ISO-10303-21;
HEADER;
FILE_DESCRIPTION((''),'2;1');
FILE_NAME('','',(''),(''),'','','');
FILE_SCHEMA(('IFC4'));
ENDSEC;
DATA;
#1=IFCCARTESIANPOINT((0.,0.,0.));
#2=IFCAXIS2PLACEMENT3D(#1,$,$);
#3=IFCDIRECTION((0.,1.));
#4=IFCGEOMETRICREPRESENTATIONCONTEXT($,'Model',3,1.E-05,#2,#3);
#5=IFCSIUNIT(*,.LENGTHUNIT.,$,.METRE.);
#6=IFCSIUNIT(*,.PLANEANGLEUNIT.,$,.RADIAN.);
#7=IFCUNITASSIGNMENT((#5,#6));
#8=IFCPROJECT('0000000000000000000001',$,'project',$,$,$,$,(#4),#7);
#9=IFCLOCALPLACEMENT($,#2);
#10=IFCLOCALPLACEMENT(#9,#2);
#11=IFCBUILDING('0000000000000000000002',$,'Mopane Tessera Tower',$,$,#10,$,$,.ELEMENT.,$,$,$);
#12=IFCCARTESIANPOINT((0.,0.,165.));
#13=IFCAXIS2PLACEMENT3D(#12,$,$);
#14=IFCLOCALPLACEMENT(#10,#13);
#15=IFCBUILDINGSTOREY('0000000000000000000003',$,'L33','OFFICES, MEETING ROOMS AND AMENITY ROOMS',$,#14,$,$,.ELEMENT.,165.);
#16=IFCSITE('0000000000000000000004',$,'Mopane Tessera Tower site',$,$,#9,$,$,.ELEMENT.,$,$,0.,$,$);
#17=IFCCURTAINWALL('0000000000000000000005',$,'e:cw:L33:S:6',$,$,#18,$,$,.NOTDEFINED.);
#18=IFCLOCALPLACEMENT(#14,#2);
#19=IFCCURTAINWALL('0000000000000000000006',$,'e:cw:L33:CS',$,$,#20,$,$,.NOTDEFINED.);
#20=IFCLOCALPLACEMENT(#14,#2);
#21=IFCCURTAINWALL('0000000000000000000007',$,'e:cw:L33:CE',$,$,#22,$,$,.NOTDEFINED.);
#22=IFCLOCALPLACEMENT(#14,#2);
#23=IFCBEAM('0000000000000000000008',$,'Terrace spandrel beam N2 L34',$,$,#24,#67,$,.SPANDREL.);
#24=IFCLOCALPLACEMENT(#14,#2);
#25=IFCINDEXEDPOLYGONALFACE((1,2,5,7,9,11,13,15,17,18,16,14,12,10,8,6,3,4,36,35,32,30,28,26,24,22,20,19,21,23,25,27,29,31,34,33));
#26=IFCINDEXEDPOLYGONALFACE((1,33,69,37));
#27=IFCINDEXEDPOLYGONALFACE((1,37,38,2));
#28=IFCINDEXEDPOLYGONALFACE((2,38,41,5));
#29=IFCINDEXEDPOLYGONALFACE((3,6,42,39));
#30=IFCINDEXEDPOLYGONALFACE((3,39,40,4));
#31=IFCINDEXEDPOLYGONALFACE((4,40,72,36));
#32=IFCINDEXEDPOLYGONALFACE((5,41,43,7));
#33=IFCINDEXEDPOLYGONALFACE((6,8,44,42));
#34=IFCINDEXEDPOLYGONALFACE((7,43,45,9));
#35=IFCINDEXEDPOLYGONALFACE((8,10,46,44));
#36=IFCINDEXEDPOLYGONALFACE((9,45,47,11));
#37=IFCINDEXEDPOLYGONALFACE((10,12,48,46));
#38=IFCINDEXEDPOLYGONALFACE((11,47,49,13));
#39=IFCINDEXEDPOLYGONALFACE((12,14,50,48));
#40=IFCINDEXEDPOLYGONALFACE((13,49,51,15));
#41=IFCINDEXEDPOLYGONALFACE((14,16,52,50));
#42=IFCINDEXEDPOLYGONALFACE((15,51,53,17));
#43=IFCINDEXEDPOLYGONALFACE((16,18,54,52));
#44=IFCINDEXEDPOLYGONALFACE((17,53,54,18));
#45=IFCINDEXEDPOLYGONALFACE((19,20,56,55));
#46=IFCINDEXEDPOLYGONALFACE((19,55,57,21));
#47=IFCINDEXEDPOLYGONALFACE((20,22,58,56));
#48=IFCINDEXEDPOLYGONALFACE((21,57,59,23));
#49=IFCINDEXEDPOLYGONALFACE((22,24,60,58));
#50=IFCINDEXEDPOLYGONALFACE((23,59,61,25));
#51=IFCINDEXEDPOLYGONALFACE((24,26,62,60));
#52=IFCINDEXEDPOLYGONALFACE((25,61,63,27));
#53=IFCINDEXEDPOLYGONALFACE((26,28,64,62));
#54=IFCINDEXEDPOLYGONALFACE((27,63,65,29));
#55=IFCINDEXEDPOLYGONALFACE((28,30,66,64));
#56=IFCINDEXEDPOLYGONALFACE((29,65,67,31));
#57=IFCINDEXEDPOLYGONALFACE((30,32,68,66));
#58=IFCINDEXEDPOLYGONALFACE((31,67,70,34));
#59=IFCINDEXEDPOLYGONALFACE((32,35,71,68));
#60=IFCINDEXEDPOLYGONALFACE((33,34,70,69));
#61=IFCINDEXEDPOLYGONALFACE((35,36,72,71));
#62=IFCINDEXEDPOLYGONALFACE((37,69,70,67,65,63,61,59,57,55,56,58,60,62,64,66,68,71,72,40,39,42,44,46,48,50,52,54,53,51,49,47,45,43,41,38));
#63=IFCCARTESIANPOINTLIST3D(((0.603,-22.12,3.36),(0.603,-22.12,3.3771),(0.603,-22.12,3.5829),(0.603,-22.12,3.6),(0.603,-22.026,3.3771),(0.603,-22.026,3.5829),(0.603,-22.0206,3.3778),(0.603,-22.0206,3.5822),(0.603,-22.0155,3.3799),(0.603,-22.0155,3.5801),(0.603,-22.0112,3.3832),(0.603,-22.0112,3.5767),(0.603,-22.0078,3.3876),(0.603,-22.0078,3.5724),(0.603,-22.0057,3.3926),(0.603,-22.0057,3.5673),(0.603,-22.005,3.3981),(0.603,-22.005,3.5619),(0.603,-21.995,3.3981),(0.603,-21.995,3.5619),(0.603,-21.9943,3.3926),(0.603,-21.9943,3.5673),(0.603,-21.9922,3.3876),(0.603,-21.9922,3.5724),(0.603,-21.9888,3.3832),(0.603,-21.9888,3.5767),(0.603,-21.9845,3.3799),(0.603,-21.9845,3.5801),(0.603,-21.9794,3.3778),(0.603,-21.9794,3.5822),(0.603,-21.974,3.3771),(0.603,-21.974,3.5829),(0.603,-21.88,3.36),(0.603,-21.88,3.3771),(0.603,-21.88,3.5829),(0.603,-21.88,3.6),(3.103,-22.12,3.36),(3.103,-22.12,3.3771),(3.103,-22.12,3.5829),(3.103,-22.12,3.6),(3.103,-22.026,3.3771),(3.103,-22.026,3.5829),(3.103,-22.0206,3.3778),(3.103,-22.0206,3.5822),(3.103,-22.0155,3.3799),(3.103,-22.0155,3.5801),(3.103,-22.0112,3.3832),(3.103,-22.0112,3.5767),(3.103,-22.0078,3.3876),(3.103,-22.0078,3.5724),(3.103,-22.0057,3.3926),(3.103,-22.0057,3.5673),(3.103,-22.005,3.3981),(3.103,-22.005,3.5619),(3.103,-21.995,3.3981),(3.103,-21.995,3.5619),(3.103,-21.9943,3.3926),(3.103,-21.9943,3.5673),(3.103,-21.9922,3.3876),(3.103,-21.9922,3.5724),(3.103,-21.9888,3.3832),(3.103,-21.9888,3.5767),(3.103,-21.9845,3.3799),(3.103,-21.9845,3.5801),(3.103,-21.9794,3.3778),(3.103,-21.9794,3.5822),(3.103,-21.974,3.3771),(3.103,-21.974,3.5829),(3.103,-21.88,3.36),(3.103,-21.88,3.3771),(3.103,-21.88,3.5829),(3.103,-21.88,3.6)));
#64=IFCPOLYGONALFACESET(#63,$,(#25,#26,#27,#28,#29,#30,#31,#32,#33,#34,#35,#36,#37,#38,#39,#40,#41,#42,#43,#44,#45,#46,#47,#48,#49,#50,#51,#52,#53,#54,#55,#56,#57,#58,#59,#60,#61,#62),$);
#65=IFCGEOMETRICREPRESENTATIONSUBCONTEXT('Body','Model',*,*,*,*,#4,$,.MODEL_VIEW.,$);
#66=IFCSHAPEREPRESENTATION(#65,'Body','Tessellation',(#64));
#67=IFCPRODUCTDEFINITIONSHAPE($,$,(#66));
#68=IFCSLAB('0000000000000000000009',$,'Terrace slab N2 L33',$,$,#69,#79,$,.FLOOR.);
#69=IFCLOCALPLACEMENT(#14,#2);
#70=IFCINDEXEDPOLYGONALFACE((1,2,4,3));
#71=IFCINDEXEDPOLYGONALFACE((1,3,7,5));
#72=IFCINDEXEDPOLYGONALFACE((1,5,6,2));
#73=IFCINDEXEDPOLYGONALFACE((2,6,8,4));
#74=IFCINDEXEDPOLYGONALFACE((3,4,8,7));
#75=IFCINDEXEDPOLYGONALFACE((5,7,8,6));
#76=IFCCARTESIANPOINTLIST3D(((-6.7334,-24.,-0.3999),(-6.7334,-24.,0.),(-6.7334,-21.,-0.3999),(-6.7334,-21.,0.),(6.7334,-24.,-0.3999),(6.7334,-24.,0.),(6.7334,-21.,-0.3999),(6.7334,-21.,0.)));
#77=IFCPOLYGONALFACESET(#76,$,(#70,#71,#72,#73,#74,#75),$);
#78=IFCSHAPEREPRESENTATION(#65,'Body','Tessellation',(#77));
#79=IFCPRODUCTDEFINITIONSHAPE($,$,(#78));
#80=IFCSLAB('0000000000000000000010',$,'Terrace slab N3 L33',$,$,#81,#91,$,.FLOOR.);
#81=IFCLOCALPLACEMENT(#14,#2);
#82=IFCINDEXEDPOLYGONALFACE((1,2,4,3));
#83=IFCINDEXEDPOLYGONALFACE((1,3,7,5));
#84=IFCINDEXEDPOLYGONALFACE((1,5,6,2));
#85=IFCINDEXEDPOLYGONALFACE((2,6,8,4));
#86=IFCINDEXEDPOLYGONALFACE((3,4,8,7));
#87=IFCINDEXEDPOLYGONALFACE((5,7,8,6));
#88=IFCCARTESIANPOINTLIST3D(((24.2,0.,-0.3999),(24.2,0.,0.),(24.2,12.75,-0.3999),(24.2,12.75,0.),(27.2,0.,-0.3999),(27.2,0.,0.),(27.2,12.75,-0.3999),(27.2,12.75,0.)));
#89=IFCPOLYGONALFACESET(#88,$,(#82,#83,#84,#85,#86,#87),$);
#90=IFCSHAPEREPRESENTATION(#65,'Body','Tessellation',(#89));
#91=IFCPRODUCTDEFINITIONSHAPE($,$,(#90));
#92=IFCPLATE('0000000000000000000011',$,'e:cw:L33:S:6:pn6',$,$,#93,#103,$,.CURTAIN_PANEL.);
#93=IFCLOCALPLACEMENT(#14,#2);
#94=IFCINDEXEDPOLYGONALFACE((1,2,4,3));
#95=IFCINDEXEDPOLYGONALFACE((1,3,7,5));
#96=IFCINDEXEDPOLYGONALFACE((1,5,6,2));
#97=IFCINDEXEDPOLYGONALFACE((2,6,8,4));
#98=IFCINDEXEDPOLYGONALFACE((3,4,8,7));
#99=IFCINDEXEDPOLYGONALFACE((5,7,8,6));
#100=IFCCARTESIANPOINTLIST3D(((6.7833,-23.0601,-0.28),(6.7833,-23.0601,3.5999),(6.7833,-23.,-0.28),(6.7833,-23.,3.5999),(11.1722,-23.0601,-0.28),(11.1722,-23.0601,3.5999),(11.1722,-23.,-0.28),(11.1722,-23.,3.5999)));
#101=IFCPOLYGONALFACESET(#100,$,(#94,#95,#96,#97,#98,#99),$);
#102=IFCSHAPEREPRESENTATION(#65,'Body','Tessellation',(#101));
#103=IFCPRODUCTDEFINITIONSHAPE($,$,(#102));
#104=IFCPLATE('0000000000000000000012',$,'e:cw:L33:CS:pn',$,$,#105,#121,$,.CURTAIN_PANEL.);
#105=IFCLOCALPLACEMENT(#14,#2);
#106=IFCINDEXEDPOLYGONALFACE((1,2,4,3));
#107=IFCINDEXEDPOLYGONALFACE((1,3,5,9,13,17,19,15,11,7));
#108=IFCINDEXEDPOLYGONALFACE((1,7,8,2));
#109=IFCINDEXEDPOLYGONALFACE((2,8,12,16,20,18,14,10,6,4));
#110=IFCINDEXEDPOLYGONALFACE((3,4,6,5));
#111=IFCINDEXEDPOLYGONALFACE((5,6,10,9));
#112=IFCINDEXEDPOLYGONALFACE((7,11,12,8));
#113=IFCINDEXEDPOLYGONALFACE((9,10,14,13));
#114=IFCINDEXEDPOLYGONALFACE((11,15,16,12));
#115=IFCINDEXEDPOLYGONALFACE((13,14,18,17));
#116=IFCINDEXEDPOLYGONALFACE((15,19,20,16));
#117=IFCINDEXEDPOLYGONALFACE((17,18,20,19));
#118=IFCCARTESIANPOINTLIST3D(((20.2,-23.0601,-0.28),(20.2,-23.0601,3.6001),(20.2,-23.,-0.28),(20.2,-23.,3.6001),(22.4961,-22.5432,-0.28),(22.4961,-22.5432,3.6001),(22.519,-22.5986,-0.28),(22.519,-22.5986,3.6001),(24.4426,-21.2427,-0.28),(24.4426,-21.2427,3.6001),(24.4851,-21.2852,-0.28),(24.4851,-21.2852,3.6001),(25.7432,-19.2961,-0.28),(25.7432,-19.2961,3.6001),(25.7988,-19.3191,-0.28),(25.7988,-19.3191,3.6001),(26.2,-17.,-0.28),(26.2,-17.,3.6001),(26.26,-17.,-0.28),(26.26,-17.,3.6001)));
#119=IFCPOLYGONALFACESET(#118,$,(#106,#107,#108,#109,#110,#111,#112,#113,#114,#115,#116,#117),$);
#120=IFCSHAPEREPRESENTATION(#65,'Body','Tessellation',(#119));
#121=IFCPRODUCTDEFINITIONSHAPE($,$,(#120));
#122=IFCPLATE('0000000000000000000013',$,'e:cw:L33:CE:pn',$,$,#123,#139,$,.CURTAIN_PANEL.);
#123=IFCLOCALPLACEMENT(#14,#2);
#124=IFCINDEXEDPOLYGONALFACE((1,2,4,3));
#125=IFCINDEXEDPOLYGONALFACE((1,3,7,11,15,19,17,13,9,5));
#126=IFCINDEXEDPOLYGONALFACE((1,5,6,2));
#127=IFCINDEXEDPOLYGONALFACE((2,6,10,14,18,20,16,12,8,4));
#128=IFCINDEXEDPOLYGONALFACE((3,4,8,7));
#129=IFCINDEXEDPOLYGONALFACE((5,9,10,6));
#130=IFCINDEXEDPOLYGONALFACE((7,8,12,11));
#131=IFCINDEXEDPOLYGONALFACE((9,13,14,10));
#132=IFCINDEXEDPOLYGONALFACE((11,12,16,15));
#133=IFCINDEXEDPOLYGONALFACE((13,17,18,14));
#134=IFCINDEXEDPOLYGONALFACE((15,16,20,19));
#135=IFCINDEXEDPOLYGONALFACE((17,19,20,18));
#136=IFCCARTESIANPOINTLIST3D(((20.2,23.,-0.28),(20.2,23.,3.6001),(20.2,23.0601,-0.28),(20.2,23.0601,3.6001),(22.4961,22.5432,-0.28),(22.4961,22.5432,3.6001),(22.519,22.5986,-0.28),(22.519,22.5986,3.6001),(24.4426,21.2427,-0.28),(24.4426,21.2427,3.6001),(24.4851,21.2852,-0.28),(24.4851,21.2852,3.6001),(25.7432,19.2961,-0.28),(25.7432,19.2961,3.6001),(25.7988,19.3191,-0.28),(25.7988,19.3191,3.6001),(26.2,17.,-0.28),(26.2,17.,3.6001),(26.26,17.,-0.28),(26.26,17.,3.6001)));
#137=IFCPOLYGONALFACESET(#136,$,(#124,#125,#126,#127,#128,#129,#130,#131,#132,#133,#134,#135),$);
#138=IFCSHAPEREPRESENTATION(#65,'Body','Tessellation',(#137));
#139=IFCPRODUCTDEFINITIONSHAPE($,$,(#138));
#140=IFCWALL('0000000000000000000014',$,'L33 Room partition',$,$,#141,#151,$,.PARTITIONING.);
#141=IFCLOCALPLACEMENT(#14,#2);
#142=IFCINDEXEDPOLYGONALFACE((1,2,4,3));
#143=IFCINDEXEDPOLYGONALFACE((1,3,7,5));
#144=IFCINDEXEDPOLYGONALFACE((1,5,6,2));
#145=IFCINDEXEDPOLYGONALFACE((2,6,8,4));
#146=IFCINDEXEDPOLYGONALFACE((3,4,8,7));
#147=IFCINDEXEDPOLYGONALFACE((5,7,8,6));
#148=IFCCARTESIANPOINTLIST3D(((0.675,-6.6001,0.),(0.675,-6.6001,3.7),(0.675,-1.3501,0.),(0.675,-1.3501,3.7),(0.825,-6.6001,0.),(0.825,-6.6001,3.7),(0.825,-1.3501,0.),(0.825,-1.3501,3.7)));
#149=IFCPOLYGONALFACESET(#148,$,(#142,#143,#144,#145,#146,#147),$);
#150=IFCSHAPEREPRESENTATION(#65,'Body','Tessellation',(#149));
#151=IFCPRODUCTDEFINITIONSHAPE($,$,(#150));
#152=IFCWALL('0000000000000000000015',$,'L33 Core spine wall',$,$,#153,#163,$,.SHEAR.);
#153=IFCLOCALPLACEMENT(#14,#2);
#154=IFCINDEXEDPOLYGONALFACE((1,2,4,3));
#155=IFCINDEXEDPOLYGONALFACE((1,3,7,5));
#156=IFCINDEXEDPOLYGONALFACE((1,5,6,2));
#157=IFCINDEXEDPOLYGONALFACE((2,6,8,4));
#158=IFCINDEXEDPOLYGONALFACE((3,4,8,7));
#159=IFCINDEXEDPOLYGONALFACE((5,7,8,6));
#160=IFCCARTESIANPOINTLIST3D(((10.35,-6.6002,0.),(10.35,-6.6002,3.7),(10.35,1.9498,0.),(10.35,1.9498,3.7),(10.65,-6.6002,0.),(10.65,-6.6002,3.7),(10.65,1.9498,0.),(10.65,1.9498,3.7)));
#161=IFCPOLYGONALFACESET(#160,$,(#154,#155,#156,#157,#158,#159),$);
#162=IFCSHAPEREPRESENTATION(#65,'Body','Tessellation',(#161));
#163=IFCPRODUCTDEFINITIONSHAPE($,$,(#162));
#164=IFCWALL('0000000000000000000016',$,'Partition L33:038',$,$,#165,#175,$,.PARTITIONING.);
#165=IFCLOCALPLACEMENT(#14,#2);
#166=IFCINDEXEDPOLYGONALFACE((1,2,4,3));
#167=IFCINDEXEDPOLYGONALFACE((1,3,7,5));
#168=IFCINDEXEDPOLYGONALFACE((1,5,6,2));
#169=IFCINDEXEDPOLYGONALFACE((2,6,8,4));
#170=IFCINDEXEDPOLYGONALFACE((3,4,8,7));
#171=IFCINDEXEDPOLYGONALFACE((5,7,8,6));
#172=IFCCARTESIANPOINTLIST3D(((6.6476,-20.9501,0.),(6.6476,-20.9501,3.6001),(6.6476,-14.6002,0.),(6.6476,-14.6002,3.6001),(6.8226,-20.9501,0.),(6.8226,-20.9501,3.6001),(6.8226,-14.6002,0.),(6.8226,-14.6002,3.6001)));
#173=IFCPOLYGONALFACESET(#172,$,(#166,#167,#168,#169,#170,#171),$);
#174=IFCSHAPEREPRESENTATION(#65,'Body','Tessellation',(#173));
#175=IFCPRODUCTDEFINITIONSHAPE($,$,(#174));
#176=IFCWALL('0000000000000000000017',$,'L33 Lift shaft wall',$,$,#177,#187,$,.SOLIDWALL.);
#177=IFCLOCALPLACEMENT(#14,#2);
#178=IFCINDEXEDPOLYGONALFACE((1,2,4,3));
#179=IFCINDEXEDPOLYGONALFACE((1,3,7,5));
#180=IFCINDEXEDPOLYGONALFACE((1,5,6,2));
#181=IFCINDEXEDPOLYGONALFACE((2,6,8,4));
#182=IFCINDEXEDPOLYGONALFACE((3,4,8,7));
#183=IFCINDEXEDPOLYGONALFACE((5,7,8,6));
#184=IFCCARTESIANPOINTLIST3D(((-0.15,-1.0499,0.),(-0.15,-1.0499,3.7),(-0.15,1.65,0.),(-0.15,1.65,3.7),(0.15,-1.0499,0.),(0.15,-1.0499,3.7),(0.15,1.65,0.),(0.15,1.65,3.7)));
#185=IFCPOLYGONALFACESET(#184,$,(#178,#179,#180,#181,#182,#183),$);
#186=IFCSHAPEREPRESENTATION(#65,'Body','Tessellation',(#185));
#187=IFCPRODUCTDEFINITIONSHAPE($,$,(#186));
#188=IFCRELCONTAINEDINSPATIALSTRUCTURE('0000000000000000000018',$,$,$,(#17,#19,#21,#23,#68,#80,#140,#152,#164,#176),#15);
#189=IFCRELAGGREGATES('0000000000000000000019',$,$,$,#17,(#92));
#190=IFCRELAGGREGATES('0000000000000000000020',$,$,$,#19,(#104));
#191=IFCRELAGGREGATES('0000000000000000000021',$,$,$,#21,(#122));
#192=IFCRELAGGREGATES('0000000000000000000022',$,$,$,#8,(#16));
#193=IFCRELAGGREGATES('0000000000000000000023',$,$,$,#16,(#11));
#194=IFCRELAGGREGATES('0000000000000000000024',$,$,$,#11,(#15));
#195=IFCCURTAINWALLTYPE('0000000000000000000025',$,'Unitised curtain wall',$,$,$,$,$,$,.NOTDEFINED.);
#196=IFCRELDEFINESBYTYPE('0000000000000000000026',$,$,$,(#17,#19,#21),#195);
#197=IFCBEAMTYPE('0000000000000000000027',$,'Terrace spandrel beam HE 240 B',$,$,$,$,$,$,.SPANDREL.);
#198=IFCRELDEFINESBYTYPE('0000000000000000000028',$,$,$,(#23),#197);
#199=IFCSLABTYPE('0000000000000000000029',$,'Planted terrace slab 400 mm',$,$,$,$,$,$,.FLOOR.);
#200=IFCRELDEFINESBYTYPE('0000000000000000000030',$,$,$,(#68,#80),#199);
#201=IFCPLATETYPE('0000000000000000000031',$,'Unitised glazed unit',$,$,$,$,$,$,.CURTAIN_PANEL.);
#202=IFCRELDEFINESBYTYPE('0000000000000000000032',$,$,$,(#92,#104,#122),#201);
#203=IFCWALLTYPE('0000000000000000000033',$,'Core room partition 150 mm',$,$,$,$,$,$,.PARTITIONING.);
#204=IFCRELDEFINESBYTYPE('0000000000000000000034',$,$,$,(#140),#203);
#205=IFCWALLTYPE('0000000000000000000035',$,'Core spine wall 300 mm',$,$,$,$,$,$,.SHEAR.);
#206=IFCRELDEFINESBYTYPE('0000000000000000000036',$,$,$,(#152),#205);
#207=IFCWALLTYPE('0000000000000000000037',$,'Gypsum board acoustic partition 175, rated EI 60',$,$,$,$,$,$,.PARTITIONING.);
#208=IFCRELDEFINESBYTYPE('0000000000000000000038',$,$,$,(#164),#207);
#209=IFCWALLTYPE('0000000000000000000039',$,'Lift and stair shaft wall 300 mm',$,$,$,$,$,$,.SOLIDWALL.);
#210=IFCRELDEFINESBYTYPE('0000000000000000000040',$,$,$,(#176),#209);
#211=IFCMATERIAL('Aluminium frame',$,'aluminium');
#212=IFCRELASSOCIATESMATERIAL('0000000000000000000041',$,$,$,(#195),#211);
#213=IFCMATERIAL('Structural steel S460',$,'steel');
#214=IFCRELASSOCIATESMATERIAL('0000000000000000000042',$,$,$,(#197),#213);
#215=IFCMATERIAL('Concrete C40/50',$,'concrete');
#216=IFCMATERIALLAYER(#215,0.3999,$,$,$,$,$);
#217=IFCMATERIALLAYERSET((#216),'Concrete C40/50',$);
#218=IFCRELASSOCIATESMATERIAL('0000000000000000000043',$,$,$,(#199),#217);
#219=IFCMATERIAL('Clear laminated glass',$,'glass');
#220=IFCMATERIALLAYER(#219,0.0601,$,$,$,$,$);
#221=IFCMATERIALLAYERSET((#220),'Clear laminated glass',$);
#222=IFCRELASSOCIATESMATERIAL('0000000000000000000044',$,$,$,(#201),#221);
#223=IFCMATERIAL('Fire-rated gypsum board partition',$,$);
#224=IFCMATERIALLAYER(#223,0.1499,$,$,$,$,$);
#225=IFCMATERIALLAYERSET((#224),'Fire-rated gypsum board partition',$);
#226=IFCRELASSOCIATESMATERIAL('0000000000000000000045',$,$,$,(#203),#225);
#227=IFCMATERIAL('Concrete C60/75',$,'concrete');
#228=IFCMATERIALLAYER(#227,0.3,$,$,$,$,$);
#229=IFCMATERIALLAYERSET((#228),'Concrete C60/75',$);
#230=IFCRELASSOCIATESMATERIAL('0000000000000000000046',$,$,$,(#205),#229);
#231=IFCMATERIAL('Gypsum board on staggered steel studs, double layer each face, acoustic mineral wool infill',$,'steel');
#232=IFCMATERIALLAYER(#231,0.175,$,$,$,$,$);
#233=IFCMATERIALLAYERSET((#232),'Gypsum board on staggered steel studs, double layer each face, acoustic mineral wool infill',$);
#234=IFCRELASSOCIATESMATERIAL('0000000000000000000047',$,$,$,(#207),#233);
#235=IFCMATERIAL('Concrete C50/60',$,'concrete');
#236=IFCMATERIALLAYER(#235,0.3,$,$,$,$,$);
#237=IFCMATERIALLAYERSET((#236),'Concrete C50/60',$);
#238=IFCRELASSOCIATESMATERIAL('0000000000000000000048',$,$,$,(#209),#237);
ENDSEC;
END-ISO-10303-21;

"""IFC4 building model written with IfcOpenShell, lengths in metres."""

from ifc_helpers import new_model, si_unit, direction, frame, frame_2d, origin, origin_2d, place, context, subcontext, project, spatial, polyline, rectangle, i_section, outline, extrude, material, layer, layer_set, material_profile, profile_set, type_object, element, aggregate, save


model = new_model("IFC4")

# Units and contexts
model_context = context("Model", 3, precision=1e-05, world=origin(), true_north=direction((0.0, 1.0)))
body_context = subcontext(model_context, "Body", "Model", "MODEL_VIEW")
ifc_project = project(units=[si_unit("LENGTHUNIT", "METRE"), si_unit("PLANEANGLEUNIT", "RADIAN")], contexts=[model_context])

# Site, building, storey
site_placement = place(None, origin())
site = spatial("IfcSite", under=ifc_project, at=site_placement, Name="Mopane Tessera Tower site", CompositionType="ELEMENT", RefElevation=0.0)
building_placement = place(site_placement, origin())
building = spatial("IfcBuilding", under=site, at=building_placement, Name="Mopane Tessera Tower", CompositionType="ELEMENT")
storey_placement = place(building_placement, frame((0.0, 0.0, 165.0)))
storey = spatial("IfcBuildingStorey", under=building, at=storey_placement, Name="L33", Description="OFFICES, MEETING ROOMS AND AMENITY ROOMS", CompositionType="ELEMENT", Elevation=165.0)

# Curtain wall
ifc_material_1 = material(Name="Aluminium frame", Category="aluminium")
curtain_wall_type = type_object("IfcCurtainWallType", Name="Unitised curtain wall", PredefinedType="NOTDEFINED", material=ifc_material_1)
curtain_wall_1_placement = place(storey_placement, origin())
curtain_wall_1 = element("IfcCurtainWall", 1, at=curtain_wall_1_placement, inside=storey, type_object=curtain_wall_type, Name="e:cw:L33:S:6", PredefinedType="NOTDEFINED")

# Curtain walls
curtain_wall_2_placement = place(storey_placement, origin())
curtain_wall_2 = element("IfcCurtainWall", 2, at=curtain_wall_2_placement, inside=storey, type_object=curtain_wall_type, Name="e:cw:L33:CS", PredefinedType="NOTDEFINED")
curtain_wall_3_placement = place(storey_placement, origin())
curtain_wall_3 = element("IfcCurtainWall", 3, at=curtain_wall_3_placement, inside=storey, type_object=curtain_wall_type, Name="e:cw:L33:CE", PredefinedType="NOTDEFINED")

# Beam
ifc_material_2 = material(Name="Structural steel S460", Category="steel")
ifc_material_profile_1 = material_profile(ifc_material_2, i_section(OverallWidth=0.24, OverallDepth=0.24, WebThickness=0.01, FlangeThickness=0.0171, FilletRadius=0.021, at=origin_2d()))
ifc_profile_set_1 = profile_set([ifc_material_profile_1], Name="Structural steel S460")
beam_type = type_object("IfcBeamType", Name="Terrace spandrel beam HE 240 B", PredefinedType="SPANDREL", material=ifc_profile_set_1)
beam_placement = place(storey_placement, frame((0.603, -22.0, 3.48), z_axis=(1.0, 0.0, 0.0), x_axis=(0.0, 1.0, 0.0)))
element("IfcBeam", 4, at=beam_placement, inside=storey, type_object=beam_type, Name="Terrace spandrel beam N2 L34", PredefinedType="SPANDREL", context=body_context, shape_type="SweptSolid", body=[
    extrude(i_section(OverallWidth=0.24, OverallDepth=0.24, WebThickness=0.01, FlangeThickness=0.0171, FilletRadius=0.021, at=origin_2d()), origin(), (0.0, 0.0, 1.0), 2.5),
])

# Slabs
ifc_material_3 = material(Name="Concrete C40/50", Category="concrete")
ifc_layer_1 = layer(ifc_material_3, 0.3999)
ifc_layer_set_1 = layer_set([ifc_layer_1], Name="Concrete C40/50")
slab_type = type_object("IfcSlabType", Name="Planted terrace slab 400 mm", PredefinedType="FLOOR", material=ifc_layer_set_1)
slab_1_placement = place(storey_placement, frame((0.0, 0.0, -0.3999)))
element("IfcSlab", 5, at=slab_1_placement, inside=storey, type_object=slab_type, Name="Terrace slab N2 L33", PredefinedType="FLOOR", context=body_context, shape_type="SweptSolid", body=[
    extrude(outline(polyline([(6.7334, -24.0), (6.7334, -21.0), (-6.7334, -21.0), (-6.7334, -24.0), (6.7334, -24.0)])), origin(), (0.0, 0.0, 1.0), 0.3999),
])
slab_2_placement = place(storey_placement, frame((0.0, 0.0, -0.3999)))
element("IfcSlab", 6, at=slab_2_placement, inside=storey, type_object=slab_type, Name="Terrace slab N3 L33", PredefinedType="FLOOR", context=body_context, shape_type="SweptSolid", body=[
    extrude(outline(polyline([(27.2, 12.75), (24.2, 12.75), (24.2, 0.0), (27.2, 0.0), (27.2, 12.75)])), origin(), (0.0, 0.0, 1.0), 0.3999),
])

# Plates
ifc_material_4 = material(Name="Clear laminated glass", Category="glass")
ifc_layer_2 = layer(ifc_material_4, 0.0601)
ifc_layer_set_2 = layer_set([ifc_layer_2], Name="Clear laminated glass")
plate_type = type_object("IfcPlateType", Name="Unitised glazed unit", PredefinedType="CURTAIN_PANEL", material=ifc_layer_set_2)
plate_1_placement = place(storey_placement, frame((8.9778, -23.03, -0.28), z_axis=(0.0, 0.0, 1.0), x_axis=(1.0, 0.0, 0.0)))
plate_1 = element("IfcPlate", 7, at=plate_1_placement, type_object=plate_type, Name="e:cw:L33:S:6:pn6", PredefinedType="CURTAIN_PANEL", context=body_context, shape_type="SweptSolid", body=[
    extrude(rectangle(XDim=4.3889, YDim=0.0601, at=origin_2d()), origin(), (0.0, 0.0, 1.0), 3.8799),
])
aggregate(curtain_wall_1, [plate_1])
plate_2_placement = place(storey_placement, frame((0.0, 0.0, -0.28)))
plate_2 = element("IfcPlate", 8, at=plate_2_placement, type_object=plate_type, Name="e:cw:L33:CS:pn", PredefinedType="CURTAIN_PANEL", context=body_context, shape_type="SweptSolid", body=[
    extrude(outline(polyline([(20.2, -23.0), (22.4961, -22.5432), (24.4426, -21.2427), (25.7432, -19.2961), (26.2, -17.0), (26.26, -17.0), (25.7988, -19.3191), (24.4851, -21.2852), (22.519, -22.5986), (20.2, -23.0601), (20.2, -23.0)])), origin(), (0.0, 0.0, 1.0), 3.8801),
])
aggregate(curtain_wall_2, [plate_2])
plate_3_placement = place(storey_placement, frame((0.0, 0.0, -0.28)))
plate_3 = element("IfcPlate", 9, at=plate_3_placement, type_object=plate_type, Name="e:cw:L33:CE:pn", PredefinedType="CURTAIN_PANEL", context=body_context, shape_type="SweptSolid", body=[
    extrude(outline(polyline([(26.2, 17.0), (25.7432, 19.2961), (24.4426, 21.2427), (22.4961, 22.5432), (20.2, 23.0), (20.2, 23.0601), (22.519, 22.5986), (24.4851, 21.2852), (25.7988, 19.3191), (26.26, 17.0), (26.2, 17.0)])), origin(), (0.0, 0.0, 1.0), 3.8801),
])
aggregate(curtain_wall_3, [plate_3])

# Walls
ifc_material_5 = material(Name="Fire-rated gypsum board partition")
ifc_layer_3 = layer(ifc_material_5, 0.1499)
ifc_layer_set_3 = layer_set([ifc_layer_3], Name="Fire-rated gypsum board partition")
wall_type_1 = type_object("IfcWallType", Name="Core room partition 150 mm", PredefinedType="PARTITIONING", material=ifc_layer_set_3)
wall_1_placement = place(storey_placement, frame((0.75, -6.6001, 0.0), z_axis=(0.0, 0.0, 1.0), x_axis=(0.0, 1.0, 0.0)))
element("IfcWall", 10, at=wall_1_placement, inside=storey, type_object=wall_type_1, Name="L33 Room partition", PredefinedType="PARTITIONING", context=body_context, shape_type="SweptSolid", body=[
    extrude(rectangle(XDim=5.25, YDim=0.1499, at=frame_2d((2.625, 0.0))), origin(), (0.0, 0.0, 1.0), 3.7),
])
ifc_material_6 = material(Name="Concrete C60/75", Category="concrete")
ifc_layer_4 = layer(ifc_material_6, 0.3)
ifc_layer_set_4 = layer_set([ifc_layer_4], Name="Concrete C60/75")
wall_type_2 = type_object("IfcWallType", Name="Core spine wall 300 mm", PredefinedType="SHEAR", material=ifc_layer_set_4)
wall_2_placement = place(storey_placement, frame((10.5, -6.6001, 0.0), z_axis=(0.0, 0.0, 1.0), x_axis=(0.0, 1.0, 0.0)))
element("IfcWall", 11, at=wall_2_placement, inside=storey, type_object=wall_type_2, Name="L33 Core spine wall", PredefinedType="SHEAR", context=body_context, shape_type="SweptSolid", body=[
    extrude(rectangle(XDim=8.55, YDim=0.3, at=frame_2d((4.2749, 0.0))), origin(), (0.0, 0.0, 1.0), 3.7),
])
ifc_material_7 = material(Name="Gypsum board on staggered steel studs, double layer each face, acoustic mineral wool infill", Category="steel")
ifc_layer_5 = layer(ifc_material_7, 0.175)
ifc_layer_set_5 = layer_set([ifc_layer_5], Name="Gypsum board on staggered steel studs, double layer each face, acoustic mineral wool infill")
wall_type_3 = type_object("IfcWallType", Name="Gypsum board acoustic partition 175, rated EI 60", PredefinedType="PARTITIONING", material=ifc_layer_set_5)
wall_3_placement = place(storey_placement, frame((6.7351, -20.95, 0.0), z_axis=(0.0, 0.0, 1.0), x_axis=(0.0, 1.0, 0.0)))
element("IfcWall", 12, at=wall_3_placement, inside=storey, type_object=wall_type_3, Name="Partition L33:038", PredefinedType="PARTITIONING", context=body_context, shape_type="SweptSolid", body=[
    extrude(rectangle(XDim=6.3499, YDim=0.175, at=frame_2d((3.1748, 0.0))), origin(), (0.0, 0.0, 1.0), 3.6001),
])
ifc_material_8 = material(Name="Concrete C50/60", Category="concrete")
ifc_layer_6 = layer(ifc_material_8, 0.3)
ifc_layer_set_6 = layer_set([ifc_layer_6], Name="Concrete C50/60")
wall_type_4 = type_object("IfcWallType", Name="Lift and stair shaft wall 300 mm", PredefinedType="SOLIDWALL", material=ifc_layer_set_6)
for number, where, z_axis, x_axis, name in (
    (13, (0.0, -1.05, 0.0), (0.0, 0.0, 1.0), (0.0, 1.0, 0.0), "L33 Lift shaft wall"),
):
    element("IfcWall", number, at=place(storey_placement, frame(where, z_axis=z_axis, x_axis=x_axis)), inside=storey, type_object=wall_type_4, Name=name, PredefinedType="SOLIDWALL", context=body_context, shape_type="SweptSolid", body=[
        extrude(rectangle(XDim=2.7, YDim=0.3, at=frame_2d((1.3501, 0.0))), origin(), (0.0, 0.0, 1.0), 3.7),
    ])

save(model, "model.ifc")
